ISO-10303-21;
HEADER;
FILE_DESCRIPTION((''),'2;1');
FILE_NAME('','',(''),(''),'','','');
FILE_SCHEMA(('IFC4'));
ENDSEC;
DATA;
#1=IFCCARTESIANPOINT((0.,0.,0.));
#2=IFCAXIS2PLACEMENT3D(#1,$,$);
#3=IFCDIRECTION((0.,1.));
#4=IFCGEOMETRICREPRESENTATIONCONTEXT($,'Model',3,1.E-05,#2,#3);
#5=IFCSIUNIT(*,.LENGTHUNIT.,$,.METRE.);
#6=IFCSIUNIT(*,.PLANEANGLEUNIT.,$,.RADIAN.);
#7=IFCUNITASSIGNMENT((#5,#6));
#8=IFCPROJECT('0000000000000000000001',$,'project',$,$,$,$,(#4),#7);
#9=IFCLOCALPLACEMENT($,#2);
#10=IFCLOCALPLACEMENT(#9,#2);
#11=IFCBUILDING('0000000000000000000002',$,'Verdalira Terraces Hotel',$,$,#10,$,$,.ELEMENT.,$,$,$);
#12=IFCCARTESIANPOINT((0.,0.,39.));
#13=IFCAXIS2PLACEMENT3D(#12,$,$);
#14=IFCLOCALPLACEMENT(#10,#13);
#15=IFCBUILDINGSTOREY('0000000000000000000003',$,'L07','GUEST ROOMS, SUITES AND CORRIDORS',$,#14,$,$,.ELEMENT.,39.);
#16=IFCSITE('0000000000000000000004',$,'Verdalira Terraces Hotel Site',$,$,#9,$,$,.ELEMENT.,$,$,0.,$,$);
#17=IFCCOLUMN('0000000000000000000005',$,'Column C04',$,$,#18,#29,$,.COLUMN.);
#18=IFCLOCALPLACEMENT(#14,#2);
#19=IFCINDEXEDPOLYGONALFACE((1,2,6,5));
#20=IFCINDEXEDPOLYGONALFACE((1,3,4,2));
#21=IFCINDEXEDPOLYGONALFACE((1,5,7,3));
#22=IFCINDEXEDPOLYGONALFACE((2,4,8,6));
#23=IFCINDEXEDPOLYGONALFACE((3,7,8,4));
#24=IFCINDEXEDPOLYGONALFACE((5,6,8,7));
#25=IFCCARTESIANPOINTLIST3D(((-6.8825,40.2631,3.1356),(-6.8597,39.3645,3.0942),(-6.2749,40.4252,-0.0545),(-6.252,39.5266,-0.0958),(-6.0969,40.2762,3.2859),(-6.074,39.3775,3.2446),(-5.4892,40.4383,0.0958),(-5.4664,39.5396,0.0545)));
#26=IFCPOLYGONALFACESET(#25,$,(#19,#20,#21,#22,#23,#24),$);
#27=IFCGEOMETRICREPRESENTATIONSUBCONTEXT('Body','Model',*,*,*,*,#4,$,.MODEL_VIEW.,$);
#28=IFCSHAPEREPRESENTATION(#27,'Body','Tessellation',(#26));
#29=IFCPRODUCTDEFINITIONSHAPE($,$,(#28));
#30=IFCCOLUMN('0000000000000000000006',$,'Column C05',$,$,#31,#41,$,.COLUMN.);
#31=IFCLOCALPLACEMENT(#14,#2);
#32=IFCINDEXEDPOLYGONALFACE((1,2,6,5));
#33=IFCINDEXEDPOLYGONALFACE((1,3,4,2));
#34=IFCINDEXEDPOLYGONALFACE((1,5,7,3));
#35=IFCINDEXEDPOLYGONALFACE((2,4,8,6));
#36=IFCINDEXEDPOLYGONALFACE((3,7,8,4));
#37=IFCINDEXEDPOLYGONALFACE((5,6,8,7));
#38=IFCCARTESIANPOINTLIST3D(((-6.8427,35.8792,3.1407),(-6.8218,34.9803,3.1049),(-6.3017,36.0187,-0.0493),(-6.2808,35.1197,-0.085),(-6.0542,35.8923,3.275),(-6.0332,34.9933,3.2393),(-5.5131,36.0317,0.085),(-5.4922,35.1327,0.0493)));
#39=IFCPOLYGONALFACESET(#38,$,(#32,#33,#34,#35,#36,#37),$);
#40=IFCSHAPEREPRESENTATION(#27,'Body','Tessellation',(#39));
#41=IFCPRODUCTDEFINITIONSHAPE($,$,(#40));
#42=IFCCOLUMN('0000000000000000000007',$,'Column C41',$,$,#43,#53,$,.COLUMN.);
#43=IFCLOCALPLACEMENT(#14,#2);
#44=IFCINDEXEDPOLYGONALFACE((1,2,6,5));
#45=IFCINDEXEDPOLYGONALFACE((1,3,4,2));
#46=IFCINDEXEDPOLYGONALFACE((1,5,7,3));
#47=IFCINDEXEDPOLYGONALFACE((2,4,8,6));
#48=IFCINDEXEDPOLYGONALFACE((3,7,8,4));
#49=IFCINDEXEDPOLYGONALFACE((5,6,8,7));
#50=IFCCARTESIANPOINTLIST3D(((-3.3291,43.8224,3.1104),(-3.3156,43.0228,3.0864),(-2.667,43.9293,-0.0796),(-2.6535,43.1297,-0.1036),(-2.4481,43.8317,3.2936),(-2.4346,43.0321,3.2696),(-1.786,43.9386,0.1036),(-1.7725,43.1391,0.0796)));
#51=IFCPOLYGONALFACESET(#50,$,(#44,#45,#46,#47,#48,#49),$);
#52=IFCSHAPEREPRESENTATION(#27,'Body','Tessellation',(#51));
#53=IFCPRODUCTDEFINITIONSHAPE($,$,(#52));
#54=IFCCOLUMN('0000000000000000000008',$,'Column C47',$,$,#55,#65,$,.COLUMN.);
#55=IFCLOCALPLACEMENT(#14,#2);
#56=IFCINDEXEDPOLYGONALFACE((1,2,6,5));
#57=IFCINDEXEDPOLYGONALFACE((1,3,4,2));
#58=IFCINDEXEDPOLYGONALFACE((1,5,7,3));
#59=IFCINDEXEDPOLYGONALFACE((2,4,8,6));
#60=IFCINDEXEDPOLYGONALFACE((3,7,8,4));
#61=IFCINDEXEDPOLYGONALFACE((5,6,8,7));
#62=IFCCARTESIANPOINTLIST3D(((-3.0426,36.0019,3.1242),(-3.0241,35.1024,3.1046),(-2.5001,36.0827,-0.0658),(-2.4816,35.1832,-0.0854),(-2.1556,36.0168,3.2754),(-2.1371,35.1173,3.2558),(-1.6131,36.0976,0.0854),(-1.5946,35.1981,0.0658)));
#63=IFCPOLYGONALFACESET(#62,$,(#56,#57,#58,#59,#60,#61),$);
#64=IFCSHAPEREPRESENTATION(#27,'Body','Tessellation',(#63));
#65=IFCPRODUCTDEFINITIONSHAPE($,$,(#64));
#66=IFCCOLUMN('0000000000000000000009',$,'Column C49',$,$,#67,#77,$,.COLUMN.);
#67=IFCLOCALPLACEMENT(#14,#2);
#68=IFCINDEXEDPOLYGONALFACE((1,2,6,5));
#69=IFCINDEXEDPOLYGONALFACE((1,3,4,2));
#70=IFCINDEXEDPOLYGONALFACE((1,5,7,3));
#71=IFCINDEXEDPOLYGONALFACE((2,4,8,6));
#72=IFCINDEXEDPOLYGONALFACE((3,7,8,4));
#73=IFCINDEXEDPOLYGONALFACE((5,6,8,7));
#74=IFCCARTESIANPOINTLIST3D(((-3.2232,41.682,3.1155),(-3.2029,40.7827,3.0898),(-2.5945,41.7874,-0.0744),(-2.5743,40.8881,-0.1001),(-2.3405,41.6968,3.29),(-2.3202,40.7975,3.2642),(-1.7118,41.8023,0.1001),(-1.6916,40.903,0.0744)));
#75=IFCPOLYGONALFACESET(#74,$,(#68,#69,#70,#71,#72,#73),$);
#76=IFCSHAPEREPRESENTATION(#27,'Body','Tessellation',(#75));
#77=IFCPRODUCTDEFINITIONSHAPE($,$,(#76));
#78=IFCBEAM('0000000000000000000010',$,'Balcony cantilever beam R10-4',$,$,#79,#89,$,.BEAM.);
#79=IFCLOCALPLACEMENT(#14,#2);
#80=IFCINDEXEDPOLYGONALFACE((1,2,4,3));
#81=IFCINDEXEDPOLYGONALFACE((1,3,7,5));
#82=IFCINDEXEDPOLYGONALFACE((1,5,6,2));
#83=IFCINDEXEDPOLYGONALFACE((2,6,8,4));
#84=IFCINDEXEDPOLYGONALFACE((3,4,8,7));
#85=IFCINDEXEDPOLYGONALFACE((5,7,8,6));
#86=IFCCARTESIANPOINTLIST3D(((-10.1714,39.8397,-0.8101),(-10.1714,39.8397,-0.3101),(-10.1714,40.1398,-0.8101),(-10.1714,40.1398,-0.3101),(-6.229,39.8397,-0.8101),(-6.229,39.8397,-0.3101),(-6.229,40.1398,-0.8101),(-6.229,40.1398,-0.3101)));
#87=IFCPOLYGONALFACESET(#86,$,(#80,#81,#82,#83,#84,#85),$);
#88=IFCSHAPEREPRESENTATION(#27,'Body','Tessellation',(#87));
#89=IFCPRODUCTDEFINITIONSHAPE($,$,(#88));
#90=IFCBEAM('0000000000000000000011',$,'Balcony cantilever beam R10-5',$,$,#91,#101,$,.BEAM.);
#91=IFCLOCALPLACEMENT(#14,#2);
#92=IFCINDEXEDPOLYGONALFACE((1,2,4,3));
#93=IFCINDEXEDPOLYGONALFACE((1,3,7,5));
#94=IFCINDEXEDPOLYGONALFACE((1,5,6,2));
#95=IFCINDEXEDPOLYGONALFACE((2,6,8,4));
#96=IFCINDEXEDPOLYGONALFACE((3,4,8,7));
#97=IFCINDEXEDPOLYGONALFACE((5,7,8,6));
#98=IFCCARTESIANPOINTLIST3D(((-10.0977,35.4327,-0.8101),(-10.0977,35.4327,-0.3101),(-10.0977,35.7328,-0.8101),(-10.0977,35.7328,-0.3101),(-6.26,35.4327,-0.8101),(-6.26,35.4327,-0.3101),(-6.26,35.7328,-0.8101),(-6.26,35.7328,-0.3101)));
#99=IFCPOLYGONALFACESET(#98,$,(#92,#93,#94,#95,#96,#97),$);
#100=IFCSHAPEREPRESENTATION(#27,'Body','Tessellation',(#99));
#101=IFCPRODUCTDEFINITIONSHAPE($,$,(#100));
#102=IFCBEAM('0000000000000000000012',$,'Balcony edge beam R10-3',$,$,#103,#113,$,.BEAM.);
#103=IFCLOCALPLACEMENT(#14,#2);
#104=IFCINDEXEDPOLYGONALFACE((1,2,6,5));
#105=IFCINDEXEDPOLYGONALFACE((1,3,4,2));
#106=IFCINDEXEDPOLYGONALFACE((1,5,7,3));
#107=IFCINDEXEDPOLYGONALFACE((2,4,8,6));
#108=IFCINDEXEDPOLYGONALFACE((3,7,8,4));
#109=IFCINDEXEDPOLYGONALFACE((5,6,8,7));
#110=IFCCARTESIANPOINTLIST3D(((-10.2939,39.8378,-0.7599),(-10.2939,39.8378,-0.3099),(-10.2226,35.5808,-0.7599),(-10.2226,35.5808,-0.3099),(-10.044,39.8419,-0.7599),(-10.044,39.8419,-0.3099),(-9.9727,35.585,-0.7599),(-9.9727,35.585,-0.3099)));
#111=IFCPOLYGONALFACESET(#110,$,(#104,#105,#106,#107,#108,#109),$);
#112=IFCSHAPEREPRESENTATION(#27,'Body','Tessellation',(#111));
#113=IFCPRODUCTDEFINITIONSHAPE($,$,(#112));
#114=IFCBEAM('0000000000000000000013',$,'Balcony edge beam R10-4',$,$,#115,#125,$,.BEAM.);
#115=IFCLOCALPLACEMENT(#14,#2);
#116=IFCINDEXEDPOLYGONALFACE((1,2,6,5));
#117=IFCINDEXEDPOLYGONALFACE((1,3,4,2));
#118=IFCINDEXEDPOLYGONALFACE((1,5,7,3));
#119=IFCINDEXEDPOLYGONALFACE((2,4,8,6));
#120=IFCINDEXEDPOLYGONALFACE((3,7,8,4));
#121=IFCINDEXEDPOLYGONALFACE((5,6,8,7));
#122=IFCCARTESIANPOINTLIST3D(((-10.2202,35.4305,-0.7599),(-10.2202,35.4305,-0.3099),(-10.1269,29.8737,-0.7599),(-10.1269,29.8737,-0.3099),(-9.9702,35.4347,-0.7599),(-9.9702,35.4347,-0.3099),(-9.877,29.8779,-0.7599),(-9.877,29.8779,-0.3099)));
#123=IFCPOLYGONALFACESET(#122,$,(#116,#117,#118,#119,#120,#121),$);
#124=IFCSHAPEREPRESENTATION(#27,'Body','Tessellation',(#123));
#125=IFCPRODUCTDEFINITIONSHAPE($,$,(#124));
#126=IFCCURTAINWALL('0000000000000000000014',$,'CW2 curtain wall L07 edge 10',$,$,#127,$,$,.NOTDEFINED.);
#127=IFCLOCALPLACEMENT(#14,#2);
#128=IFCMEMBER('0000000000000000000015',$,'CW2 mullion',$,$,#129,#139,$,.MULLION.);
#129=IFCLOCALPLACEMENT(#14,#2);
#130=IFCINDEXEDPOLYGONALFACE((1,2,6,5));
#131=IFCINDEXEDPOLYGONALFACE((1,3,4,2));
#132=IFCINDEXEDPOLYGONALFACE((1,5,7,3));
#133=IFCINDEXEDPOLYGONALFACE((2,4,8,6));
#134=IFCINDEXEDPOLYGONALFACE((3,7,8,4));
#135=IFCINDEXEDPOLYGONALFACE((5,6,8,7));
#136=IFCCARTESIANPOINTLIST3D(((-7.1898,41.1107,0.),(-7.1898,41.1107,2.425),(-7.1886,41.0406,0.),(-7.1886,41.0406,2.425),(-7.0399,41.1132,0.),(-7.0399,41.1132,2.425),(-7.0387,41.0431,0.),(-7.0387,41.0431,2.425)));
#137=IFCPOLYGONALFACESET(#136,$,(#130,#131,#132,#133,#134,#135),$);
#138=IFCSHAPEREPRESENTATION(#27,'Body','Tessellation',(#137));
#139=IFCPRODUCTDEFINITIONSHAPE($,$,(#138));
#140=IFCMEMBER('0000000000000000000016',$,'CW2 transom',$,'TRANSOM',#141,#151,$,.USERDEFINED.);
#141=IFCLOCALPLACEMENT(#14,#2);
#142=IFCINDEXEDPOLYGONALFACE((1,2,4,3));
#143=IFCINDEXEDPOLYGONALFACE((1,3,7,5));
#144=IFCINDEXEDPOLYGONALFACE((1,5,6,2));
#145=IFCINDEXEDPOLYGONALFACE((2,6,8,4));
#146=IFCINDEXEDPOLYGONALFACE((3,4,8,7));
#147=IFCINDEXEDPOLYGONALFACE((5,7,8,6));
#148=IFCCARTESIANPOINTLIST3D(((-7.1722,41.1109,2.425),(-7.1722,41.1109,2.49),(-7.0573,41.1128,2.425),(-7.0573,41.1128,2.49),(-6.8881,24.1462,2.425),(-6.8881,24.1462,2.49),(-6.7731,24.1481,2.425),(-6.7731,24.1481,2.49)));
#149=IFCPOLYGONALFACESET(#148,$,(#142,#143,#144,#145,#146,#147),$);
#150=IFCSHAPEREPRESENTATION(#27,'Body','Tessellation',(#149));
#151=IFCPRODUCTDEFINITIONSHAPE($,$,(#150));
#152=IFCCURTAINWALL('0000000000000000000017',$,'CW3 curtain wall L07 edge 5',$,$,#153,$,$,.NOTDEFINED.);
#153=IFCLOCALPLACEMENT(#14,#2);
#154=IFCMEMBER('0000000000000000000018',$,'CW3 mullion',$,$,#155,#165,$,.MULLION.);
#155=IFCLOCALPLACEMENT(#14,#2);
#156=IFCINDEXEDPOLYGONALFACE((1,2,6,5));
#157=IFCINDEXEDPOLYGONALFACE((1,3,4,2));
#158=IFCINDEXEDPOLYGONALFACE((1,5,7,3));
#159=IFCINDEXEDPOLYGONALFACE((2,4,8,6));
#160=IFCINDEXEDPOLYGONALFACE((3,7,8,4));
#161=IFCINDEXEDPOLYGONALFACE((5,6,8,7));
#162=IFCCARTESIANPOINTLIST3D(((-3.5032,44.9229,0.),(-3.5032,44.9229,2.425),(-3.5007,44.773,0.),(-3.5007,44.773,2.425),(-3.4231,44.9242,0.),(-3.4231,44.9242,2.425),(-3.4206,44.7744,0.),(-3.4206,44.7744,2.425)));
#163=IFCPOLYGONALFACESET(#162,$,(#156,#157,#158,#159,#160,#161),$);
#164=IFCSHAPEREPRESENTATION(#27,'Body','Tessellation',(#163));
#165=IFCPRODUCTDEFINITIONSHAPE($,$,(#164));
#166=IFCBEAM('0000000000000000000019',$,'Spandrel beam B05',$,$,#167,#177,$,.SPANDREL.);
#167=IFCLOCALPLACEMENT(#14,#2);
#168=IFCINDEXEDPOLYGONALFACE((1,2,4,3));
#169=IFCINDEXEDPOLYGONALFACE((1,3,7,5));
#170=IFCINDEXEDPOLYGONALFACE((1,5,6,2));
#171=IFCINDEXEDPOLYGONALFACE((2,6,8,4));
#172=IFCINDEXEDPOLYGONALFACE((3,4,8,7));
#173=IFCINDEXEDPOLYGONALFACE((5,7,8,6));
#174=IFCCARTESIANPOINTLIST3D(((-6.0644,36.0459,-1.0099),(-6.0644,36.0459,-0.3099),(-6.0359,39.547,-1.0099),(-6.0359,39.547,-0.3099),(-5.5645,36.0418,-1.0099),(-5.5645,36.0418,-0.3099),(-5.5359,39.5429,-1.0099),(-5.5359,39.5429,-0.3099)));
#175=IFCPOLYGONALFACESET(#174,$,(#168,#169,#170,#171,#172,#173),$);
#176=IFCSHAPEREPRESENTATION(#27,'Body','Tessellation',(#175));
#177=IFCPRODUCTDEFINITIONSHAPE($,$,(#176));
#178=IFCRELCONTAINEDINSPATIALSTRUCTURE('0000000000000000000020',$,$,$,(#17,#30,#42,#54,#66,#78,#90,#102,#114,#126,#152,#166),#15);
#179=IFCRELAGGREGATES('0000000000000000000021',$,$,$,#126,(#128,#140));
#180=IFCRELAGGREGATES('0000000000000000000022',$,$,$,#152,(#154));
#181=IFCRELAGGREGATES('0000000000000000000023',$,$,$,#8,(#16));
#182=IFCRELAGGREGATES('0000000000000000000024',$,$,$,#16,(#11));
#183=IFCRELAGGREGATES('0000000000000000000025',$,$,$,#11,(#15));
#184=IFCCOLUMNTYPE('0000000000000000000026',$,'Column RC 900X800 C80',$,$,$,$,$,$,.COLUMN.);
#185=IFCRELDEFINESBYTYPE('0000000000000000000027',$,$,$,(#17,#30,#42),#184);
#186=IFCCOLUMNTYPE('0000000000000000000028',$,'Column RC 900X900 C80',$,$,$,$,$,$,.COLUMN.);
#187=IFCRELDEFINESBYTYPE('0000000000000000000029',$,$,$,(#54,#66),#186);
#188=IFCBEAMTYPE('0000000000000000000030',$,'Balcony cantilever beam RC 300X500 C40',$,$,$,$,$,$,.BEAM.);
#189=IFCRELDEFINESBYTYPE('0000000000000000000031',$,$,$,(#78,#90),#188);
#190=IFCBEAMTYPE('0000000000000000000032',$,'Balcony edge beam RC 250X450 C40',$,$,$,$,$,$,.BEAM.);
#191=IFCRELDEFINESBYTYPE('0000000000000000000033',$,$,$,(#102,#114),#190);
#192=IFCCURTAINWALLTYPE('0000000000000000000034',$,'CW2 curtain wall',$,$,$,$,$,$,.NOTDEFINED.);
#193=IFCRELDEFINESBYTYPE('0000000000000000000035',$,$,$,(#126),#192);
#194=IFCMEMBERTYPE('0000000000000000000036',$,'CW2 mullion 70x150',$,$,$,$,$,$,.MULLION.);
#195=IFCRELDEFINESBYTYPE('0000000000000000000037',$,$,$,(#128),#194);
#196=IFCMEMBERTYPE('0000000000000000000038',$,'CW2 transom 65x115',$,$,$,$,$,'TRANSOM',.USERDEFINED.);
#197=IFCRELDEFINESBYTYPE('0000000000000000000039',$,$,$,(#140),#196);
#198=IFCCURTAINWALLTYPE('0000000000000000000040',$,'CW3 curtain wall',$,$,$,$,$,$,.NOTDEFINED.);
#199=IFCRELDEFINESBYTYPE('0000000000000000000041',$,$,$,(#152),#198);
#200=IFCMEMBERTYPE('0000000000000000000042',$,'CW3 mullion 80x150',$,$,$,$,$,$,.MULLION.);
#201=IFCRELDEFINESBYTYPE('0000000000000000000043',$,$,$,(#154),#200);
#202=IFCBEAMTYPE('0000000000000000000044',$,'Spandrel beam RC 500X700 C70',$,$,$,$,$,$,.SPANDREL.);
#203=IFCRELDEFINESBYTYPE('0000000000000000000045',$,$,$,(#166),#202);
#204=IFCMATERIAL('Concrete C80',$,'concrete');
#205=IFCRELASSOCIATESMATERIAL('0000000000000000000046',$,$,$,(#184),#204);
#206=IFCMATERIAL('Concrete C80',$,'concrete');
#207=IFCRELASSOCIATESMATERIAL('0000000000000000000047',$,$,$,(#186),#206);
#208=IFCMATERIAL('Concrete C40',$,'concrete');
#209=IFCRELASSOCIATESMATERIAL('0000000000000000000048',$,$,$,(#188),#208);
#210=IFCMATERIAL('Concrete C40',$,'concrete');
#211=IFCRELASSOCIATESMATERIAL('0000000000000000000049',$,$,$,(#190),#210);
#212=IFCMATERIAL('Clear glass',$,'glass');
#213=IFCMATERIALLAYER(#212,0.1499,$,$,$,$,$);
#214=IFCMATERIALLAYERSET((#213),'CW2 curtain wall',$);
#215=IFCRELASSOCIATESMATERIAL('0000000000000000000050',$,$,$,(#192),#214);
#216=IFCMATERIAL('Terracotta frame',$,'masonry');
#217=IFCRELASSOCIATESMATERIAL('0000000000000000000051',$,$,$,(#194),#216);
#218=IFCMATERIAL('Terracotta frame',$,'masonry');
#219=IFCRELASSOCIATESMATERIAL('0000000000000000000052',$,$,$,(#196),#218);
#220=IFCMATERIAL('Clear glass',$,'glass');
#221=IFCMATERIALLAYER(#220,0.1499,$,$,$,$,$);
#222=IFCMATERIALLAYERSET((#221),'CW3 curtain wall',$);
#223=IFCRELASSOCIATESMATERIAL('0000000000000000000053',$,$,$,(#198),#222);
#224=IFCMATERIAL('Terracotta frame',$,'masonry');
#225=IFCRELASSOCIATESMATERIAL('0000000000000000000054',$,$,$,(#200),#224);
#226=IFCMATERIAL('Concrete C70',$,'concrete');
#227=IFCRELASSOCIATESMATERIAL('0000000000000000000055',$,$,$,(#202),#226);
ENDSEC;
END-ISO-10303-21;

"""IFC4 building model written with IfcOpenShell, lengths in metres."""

from ifc_helpers import new_model, si_unit, direction, frame, origin, origin_2d, place, context, subcontext, project, spatial, rectangle, extrude, material, layer, layer_set, material_profile, profile_set, type_object, element, aggregate, save


model = new_model("IFC4")

# Units and contexts
model_context = context("Model", 3, precision=1e-05, world=origin(), true_north=direction((0.0, 1.0)))
body_context = subcontext(model_context, "Body", "Model", "MODEL_VIEW")
ifc_project = project(units=[si_unit("LENGTHUNIT", "METRE"), si_unit("PLANEANGLEUNIT", "RADIAN")], contexts=[model_context])

# Site, building, storey
site_placement = place(None, origin())
site = spatial("IfcSite", under=ifc_project, at=site_placement, Name="Verdalira Terraces Hotel Site", CompositionType="ELEMENT", RefElevation=0.0)
building_placement = place(site_placement, origin())
building = spatial("IfcBuilding", under=site, at=building_placement, Name="Verdalira Terraces Hotel", CompositionType="ELEMENT")
storey_placement = place(building_placement, frame((0.0, 0.0, 39.0)))
storey = spatial("IfcBuildingStorey", under=building, at=storey_placement, Name="L07", Description="GUEST ROOMS, SUITES AND CORRIDORS", CompositionType="ELEMENT", Elevation=39.0)

# Columns
ifc_material_1 = material(Name="Concrete C80", Category="concrete")
ifc_material_profile_1 = material_profile(ifc_material_1, rectangle(XDim=0.8999, YDim=0.8, at=origin_2d()), Name="RC 900X800")
ifc_profile_set_1 = profile_set([ifc_material_profile_1], Name="Concrete C80")
column_type_1 = type_object("IfcColumnType", Name="Column RC 900X800 C80", PredefinedType="COLUMN", material=ifc_profile_set_1)
column_1_placement = place(storey_placement, frame((-5.8706, 39.9824, 0.0), z_axis=(-0.186897, -0.049859, 0.981114), x_axis=(0.02535, -0.998623, -0.04592)))
element("IfcColumn", 1, at=column_1_placement, inside=storey, type_object=column_type_1, Name="Column C04", PredefinedType="COLUMN", context=body_context, shape_type="SweptSolid", body=[
    extrude(rectangle(XDim=0.8999, YDim=0.8, at=origin_2d()), origin(), (0.0, 0.0, 1.0), 3.2515),
])
column_2_placement = place(storey_placement, frame((-5.897, 35.5757, 0.0), z_axis=(-0.167058, -0.043046, 0.985007), x_axis=(0.023248, -0.998941, -0.039712)))
element("IfcColumn", 2, at=column_2_placement, inside=storey, type_object=column_type_1, Name="Column C05", PredefinedType="COLUMN", context=body_context, shape_type="SweptSolid", body=[
    extrude(rectangle(XDim=0.8999, YDim=0.8, at=origin_2d()), origin(), (0.0, 0.0, 1.0), 3.2385),
])
column_3_placement = place(storey_placement, frame((-2.2197, 43.5342, 0.0), z_axis=(-0.203121, -0.032805, 0.978604), x_axis=(-0.979009, -0.01039, -0.203553)))
element("IfcColumn", 3, at=column_3_placement, inside=storey, type_object=column_type_1, Name="Column C41", PredefinedType="COLUMN", context=body_context, shape_type="SweptSolid", body=[
    extrude(rectangle(XDim=0.8999, YDim=0.8, at=origin_2d()), origin(), (0.0, 0.0, 1.0), 3.2598),
])
ifc_material_2 = material(Name="Concrete C80", Category="concrete")
ifc_material_profile_2 = material_profile(ifc_material_2, rectangle(XDim=0.8999, YDim=0.8999, at=origin_2d()), Name="RC 900X900")
ifc_profile_set_2 = profile_set([ifc_material_profile_2], Name="Concrete C80")
column_type_2 = type_object("IfcColumnType", Name="Column RC 900X900 C80", PredefinedType="COLUMN", material=ifc_profile_set_2)
column_4_placement = place(storey_placement, frame((-2.0474, 35.6404, 0.0), z_axis=(-0.1676, -0.024967, 0.985539), x_axis=(-0.020538, 0.999551, 0.021829)))
element("IfcColumn", 4, at=column_4_placement, inside=storey, type_object=column_type_2, Name="Column C47", PredefinedType="COLUMN", context=body_context, shape_type="SweptSolid", body=[
    extrude(rectangle(XDim=0.8999, YDim=0.8999, at=origin_2d()), origin(), (0.0, 0.0, 1.0), 3.2368),
])
column_5_placement = place(storey_placement, frame((-2.1431, 41.3452, 0.0), z_axis=(-0.193256, -0.032422, 0.980613), x_axis=(-0.022494, 0.999338, 0.028608)))
element("IfcColumn", 5, at=column_5_placement, inside=storey, type_object=column_type_2, Name="Column C49", PredefinedType="COLUMN", context=body_context, shape_type="SweptSolid", body=[
    extrude(rectangle(XDim=0.8999, YDim=0.8999, at=origin_2d()), origin(), (0.0, 0.0, 1.0), 3.2529),
])

# Beams
ifc_material_3 = material(Name="Concrete C40", Category="concrete")
ifc_material_profile_3 = material_profile(ifc_material_3, rectangle(XDim=0.3, YDim=0.5, at=origin_2d()), Name="RC 300X500")
ifc_profile_set_3 = profile_set([ifc_material_profile_3], Name="Concrete C40")
beam_type_1 = type_object("IfcBeamType", Name="Balcony cantilever beam RC 300X500 C40", PredefinedType="BEAM", material=ifc_profile_set_3)
beam_1_placement = place(storey_placement, frame((-6.229, 39.9897, -0.5601), z_axis=(-1.0, 0.0, 0.0), x_axis=(0.0, -1.0, 0.0)))
element("IfcBeam", 6, at=beam_1_placement, inside=storey, type_object=beam_type_1, Name="Balcony cantilever beam R10-4", PredefinedType="BEAM", context=body_context, shape_type="SweptSolid", body=[
    extrude(rectangle(XDim=0.3, YDim=0.5, at=origin_2d()), origin(), (0.0, 0.0, 1.0), 3.9424),
])
beam_2_placement = place(storey_placement, frame((-6.26, 35.5828, -0.5601), z_axis=(-1.0, 0.0, 0.0), x_axis=(0.0, -1.0, 0.0)))
element("IfcBeam", 7, at=beam_2_placement, inside=storey, type_object=beam_type_1, Name="Balcony cantilever beam R10-5", PredefinedType="BEAM", context=body_context, shape_type="SweptSolid", body=[
    extrude(rectangle(XDim=0.3, YDim=0.5, at=origin_2d()), origin(), (0.0, 0.0, 1.0), 3.8376),
])
ifc_material_4 = material(Name="Concrete C40", Category="concrete")
ifc_material_profile_4 = material_profile(ifc_material_4, rectangle(XDim=0.25, YDim=0.45, at=origin_2d()), Name="RC 250X450")
ifc_profile_set_4 = profile_set([ifc_material_profile_4], Name="Concrete C40")
beam_type_2 = type_object("IfcBeamType", Name="Balcony edge beam RC 250X450 C40", PredefinedType="BEAM", material=ifc_profile_set_4)
beam_3_placement = place(storey_placement, frame((-10.1689, 39.8398, -0.5349), z_axis=(0.016744, -0.99986, 0.0), x_axis=(0.99986, 0.016744, 0.0)))
element("IfcBeam", 8, at=beam_3_placement, inside=storey, type_object=beam_type_2, Name="Balcony edge beam R10-3", PredefinedType="BEAM", context=body_context, shape_type="SweptSolid", body=[
    extrude(rectangle(XDim=0.25, YDim=0.45, at=origin_2d()), origin(), (0.0, 0.0, 1.0), 4.2576),
])
beam_4_placement = place(storey_placement, frame((-10.0952, 35.4326, -0.5349), z_axis=(0.016781, -0.999859, 0.0), x_axis=(0.999859, 0.016781, 0.0)))
element("IfcBeam", 9, at=beam_4_placement, inside=storey, type_object=beam_type_2, Name="Balcony edge beam R10-4", PredefinedType="BEAM", context=body_context, shape_type="SweptSolid", body=[
    extrude(rectangle(XDim=0.25, YDim=0.45, at=origin_2d()), origin(), (0.0, 0.0, 1.0), 5.5576),
])

# Curtain wall, members
ifc_material_5 = material(Name="Clear glass", Category="glass")
ifc_layer_1 = layer(ifc_material_5, 0.1499)
ifc_layer_set_1 = layer_set([ifc_layer_1], Name="CW2 curtain wall")
curtain_wall_type_1 = type_object("IfcCurtainWallType", Name="CW2 curtain wall", PredefinedType="NOTDEFINED", material=ifc_layer_set_1)
curtain_wall_1_placement = place(storey_placement, origin())
curtain_wall_1 = element("IfcCurtainWall", 10, at=curtain_wall_1_placement, inside=storey, type_object=curtain_wall_type_1, Name="CW2 curtain wall L07 edge 10", PredefinedType="NOTDEFINED")
ifc_material_6 = material(Name="Terracotta frame", Category="masonry")
ifc_material_profile_5 = material_profile(ifc_material_6, rectangle(XDim=0.0701, YDim=0.1499, at=origin_2d()), Name="MU 70x150")
ifc_profile_set_5 = profile_set([ifc_material_profile_5], Name="Terracotta frame")
member_type_1 = type_object("IfcMemberType", Name="CW2 mullion 70x150", PredefinedType="MULLION", material=ifc_profile_set_5)
member_1_placement = place(storey_placement, frame((-7.1143, 41.0769, 0.0), z_axis=(0.0, 0.0, 1.0), x_axis=(0.016754, -0.99986, 0.0)))
member_1 = element("IfcMember", 11, at=member_1_placement, type_object=member_type_1, Name="CW2 mullion", PredefinedType="MULLION", context=body_context, shape_type="SweptSolid", body=[
    extrude(rectangle(XDim=0.0701, YDim=0.1499, at=origin_2d()), origin(), (0.0, 0.0, 1.0), 2.425),
])
ifc_material_7 = material(Name="Terracotta frame", Category="masonry")
ifc_material_profile_6 = material_profile(ifc_material_7, rectangle(XDim=0.115, YDim=0.0649, at=origin_2d()), Name="TR 65x115")
ifc_profile_set_6 = profile_set([ifc_material_profile_6], Name="Terracotta frame")
member_type_2 = type_object("IfcMemberType", Name="CW2 transom 65x115", ElementType="TRANSOM", PredefinedType="USERDEFINED", material=ifc_profile_set_6)
member_2_placement = place(storey_placement, frame((-7.1147, 41.1118, 2.4575), z_axis=(0.016749, -0.99986, 0.0), x_axis=(0.99986, 0.016749, 0.0)))
member_2 = element("IfcMember", 12, at=member_2_placement, type_object=member_type_2, Name="CW2 transom", ObjectType="TRANSOM", PredefinedType="USERDEFINED", context=body_context, shape_type="SweptSolid", body=[
    extrude(rectangle(XDim=0.115, YDim=0.0649, at=origin_2d()), origin(), (0.0, 0.0, 1.0), 16.967),
])

# Curtain wall, member
ifc_material_8 = material(Name="Clear glass", Category="glass")
ifc_layer_2 = layer(ifc_material_8, 0.1499)
ifc_layer_set_2 = layer_set([ifc_layer_2], Name="CW3 curtain wall")
curtain_wall_type_2 = type_object("IfcCurtainWallType", Name="CW3 curtain wall", PredefinedType="NOTDEFINED", material=ifc_layer_set_2)
curtain_wall_2_placement = place(storey_placement, origin())
curtain_wall_2 = element("IfcCurtainWall", 13, at=curtain_wall_2_placement, inside=storey, type_object=curtain_wall_type_2, Name="CW3 curtain wall L07 edge 5", PredefinedType="NOTDEFINED")
ifc_material_9 = material(Name="Terracotta frame", Category="masonry")
ifc_material_profile_7 = material_profile(ifc_material_9, rectangle(XDim=0.0801, YDim=0.1499, at=origin_2d()), Name="MU 80x150")
ifc_profile_set_7 = profile_set([ifc_material_profile_7], Name="Terracotta frame")
member_type_3 = type_object("IfcMemberType", Name="CW3 mullion 80x150", PredefinedType="MULLION", material=ifc_profile_set_7)
member_3_placement = place(storey_placement, frame((-3.4619, 44.8486, 0.0), z_axis=(0.0, 0.0, 1.0), x_axis=(-0.99986, -0.016754, 0.0)))
member_3 = element("IfcMember", 14, at=member_3_placement, type_object=member_type_3, Name="CW3 mullion", PredefinedType="MULLION", context=body_context, shape_type="SweptSolid", body=[
    extrude(rectangle(XDim=0.0801, YDim=0.1499, at=origin_2d()), origin(), (0.0, 0.0, 1.0), 2.425),
])

# Beam
ifc_material_10 = material(Name="Concrete C70", Category="concrete")
ifc_material_profile_8 = material_profile(ifc_material_10, rectangle(XDim=0.5, YDim=0.7, at=origin_2d()), Name="RC 500X700")
ifc_profile_set_8 = profile_set([ifc_material_profile_8], Name="Concrete C70")
beam_type_3 = type_object("IfcBeamType", Name="Spandrel beam RC 500X700 C70", PredefinedType="SPANDREL", material=ifc_profile_set_8)
beam_5_placement = place(storey_placement, frame((-5.7859, 39.5449, -0.6599), z_axis=(-0.008158, -0.999967, 0.0), x_axis=(0.999967, -0.008158, 0.0)))
element("IfcBeam", 15, at=beam_5_placement, inside=storey, type_object=beam_type_3, Name="Spandrel beam B05", PredefinedType="SPANDREL", context=body_context, shape_type="SweptSolid", body=[
    extrude(rectangle(XDim=0.5, YDim=0.7, at=origin_2d()), origin(), (0.0, 0.0, 1.0), 3.5012),
])

aggregate(curtain_wall_1, [member_1, member_2])
aggregate(curtain_wall_2, [member_3])

save(model, "model.ifc")
